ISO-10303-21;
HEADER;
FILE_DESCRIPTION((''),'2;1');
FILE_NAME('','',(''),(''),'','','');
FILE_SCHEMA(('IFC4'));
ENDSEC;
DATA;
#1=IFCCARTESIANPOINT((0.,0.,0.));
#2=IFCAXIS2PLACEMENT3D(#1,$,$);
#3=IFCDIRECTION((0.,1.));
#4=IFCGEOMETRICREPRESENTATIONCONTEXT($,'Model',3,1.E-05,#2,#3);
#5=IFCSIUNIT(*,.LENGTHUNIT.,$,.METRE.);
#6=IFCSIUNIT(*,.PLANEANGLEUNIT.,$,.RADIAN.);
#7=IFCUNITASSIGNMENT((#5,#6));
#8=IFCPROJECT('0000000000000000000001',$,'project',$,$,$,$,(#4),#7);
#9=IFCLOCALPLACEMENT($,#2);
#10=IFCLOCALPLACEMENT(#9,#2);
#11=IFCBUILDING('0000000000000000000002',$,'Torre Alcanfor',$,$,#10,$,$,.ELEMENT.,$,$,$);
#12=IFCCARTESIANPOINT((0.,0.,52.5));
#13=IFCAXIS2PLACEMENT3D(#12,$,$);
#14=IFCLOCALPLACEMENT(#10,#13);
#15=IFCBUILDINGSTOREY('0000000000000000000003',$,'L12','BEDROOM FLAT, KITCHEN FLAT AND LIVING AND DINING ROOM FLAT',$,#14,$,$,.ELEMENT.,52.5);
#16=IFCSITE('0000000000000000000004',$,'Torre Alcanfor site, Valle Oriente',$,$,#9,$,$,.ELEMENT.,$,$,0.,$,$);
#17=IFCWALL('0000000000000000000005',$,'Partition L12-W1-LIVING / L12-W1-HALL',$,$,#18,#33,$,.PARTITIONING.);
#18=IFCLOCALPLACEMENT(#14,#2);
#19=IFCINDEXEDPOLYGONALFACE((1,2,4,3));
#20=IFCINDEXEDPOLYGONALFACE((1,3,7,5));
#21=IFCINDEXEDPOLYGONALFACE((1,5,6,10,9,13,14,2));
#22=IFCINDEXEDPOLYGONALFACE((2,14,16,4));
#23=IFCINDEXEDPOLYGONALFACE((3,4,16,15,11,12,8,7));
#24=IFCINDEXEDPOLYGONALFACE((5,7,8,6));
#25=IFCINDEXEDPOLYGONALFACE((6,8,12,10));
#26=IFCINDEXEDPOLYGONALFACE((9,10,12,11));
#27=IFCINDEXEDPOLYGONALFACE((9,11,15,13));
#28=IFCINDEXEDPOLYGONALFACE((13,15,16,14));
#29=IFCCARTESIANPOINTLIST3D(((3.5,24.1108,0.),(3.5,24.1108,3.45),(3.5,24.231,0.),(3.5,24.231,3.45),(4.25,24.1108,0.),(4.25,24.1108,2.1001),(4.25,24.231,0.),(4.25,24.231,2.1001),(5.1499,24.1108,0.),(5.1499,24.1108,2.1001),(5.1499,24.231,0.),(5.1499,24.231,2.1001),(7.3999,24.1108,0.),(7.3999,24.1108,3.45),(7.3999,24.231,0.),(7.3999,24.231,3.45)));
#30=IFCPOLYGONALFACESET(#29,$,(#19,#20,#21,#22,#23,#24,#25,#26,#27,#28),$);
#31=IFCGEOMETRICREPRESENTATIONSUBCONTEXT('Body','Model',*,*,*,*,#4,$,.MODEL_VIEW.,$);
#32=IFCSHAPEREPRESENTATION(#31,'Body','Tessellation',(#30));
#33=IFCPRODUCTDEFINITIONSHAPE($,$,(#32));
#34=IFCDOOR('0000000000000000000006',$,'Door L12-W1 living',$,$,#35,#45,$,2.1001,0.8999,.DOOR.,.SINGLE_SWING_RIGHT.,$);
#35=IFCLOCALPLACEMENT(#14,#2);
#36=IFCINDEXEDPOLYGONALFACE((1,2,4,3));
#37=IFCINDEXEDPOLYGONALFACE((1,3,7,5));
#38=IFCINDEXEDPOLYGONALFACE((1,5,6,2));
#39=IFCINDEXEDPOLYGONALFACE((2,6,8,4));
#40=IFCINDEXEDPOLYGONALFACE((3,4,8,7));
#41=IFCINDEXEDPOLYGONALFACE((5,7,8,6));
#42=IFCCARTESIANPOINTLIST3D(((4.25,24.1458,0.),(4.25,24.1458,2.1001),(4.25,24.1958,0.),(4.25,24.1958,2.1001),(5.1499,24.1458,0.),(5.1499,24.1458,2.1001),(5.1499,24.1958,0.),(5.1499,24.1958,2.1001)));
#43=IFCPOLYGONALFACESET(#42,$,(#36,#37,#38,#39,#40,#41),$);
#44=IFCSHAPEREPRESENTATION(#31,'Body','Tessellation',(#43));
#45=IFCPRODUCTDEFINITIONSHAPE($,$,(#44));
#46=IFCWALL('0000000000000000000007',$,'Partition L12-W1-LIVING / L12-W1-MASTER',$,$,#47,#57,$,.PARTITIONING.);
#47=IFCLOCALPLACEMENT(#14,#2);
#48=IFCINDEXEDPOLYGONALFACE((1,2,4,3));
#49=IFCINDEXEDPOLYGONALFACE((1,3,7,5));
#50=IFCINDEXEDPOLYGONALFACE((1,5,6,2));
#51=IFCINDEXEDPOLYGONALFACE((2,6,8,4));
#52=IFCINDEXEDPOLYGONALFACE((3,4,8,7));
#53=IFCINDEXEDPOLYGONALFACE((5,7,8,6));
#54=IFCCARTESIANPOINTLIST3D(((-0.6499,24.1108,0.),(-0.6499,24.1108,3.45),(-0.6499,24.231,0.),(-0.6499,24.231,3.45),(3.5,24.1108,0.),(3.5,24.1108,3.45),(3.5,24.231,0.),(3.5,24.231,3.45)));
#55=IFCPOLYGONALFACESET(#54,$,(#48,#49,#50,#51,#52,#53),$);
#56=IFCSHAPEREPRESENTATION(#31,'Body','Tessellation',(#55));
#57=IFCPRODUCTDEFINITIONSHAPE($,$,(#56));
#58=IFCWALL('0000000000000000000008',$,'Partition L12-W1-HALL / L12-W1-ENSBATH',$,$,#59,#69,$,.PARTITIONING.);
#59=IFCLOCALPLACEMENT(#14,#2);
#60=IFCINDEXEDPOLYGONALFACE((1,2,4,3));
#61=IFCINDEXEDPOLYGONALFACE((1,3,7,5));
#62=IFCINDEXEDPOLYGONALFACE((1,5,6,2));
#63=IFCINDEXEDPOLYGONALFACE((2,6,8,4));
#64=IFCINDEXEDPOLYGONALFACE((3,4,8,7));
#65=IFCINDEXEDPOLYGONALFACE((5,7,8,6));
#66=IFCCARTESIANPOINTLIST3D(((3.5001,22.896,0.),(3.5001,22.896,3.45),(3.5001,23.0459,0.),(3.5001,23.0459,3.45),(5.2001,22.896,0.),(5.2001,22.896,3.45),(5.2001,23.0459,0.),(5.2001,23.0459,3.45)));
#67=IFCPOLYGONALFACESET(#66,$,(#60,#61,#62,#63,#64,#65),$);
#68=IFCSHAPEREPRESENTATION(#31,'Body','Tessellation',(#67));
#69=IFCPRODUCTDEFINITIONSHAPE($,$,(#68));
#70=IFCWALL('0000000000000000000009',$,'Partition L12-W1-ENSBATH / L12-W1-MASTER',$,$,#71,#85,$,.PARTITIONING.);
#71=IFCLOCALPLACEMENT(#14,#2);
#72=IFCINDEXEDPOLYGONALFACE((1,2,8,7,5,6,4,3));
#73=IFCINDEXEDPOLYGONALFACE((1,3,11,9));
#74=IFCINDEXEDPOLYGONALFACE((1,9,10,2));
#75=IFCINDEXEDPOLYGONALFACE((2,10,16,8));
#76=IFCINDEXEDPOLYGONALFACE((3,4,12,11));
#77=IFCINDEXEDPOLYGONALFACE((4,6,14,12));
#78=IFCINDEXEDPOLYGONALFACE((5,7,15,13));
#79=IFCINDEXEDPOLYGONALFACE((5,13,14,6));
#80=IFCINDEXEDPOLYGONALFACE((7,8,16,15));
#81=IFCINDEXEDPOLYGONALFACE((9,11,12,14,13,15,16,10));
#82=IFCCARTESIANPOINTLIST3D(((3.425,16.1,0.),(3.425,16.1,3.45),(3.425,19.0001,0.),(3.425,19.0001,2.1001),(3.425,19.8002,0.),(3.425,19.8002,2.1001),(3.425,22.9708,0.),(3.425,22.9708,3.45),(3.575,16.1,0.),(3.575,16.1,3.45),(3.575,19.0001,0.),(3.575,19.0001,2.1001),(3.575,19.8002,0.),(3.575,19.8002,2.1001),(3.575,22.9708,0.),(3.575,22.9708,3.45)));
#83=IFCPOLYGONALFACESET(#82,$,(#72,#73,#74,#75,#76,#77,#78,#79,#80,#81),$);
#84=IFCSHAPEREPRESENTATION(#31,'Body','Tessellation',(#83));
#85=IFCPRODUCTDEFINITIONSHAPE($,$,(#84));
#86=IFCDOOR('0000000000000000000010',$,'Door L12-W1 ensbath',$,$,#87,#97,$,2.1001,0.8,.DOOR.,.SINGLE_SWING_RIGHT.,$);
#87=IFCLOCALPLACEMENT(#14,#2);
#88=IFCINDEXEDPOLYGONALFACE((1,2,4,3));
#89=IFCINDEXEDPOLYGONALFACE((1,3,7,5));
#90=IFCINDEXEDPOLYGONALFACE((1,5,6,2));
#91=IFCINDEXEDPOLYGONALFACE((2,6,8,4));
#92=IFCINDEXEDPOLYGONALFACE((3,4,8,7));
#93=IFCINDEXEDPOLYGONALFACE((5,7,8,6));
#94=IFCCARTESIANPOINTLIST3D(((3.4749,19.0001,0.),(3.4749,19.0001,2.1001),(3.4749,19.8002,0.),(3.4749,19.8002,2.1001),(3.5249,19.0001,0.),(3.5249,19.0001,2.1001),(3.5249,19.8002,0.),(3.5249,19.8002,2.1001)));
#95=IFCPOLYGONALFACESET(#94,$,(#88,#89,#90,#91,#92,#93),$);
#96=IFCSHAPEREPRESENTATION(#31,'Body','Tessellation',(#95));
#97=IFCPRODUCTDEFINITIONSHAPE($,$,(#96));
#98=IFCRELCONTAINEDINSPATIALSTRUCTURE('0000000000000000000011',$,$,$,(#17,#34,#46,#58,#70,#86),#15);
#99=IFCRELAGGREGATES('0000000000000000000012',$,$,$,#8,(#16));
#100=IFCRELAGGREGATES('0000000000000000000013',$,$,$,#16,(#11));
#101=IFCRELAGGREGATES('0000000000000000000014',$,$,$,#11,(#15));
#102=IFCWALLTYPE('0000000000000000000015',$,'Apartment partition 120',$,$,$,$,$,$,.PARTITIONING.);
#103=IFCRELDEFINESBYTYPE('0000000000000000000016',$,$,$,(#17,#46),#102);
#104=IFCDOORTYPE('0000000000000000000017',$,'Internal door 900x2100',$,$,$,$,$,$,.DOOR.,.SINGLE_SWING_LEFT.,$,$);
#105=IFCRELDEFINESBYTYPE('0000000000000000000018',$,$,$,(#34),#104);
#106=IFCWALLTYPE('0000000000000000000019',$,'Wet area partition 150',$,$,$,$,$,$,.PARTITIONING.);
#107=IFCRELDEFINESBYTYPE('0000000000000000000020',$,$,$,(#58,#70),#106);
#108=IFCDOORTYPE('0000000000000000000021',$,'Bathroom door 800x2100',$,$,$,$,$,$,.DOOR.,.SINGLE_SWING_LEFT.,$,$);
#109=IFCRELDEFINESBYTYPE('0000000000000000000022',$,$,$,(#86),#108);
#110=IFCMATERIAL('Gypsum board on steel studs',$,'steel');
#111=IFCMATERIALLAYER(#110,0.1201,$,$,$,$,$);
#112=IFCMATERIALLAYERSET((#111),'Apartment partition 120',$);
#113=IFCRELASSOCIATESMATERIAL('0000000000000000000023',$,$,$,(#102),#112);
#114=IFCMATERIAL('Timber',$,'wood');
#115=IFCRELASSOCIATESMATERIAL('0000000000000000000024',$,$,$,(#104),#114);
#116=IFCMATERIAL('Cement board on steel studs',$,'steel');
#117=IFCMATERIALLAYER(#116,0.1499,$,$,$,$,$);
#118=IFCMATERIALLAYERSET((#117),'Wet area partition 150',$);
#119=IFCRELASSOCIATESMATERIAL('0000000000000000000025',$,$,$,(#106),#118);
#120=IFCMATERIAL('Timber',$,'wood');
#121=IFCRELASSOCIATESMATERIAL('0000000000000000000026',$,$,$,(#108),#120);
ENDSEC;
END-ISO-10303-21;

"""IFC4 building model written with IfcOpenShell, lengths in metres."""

from ifc_helpers import new_model, si_unit, direction, frame, frame_2d, origin, place, context, subcontext, project, spatial, rectangle, extrude, material, layer, layer_set, type_object, element, fill, save


model = new_model("IFC4")

# Units and contexts
model_context = context("Model", 3, precision=1e-05, world=origin(), true_north=direction((0.0, 1.0)))
body_context = subcontext(model_context, "Body", "Model", "MODEL_VIEW")
ifc_project = project(units=[si_unit("LENGTHUNIT", "METRE"), si_unit("PLANEANGLEUNIT", "RADIAN")], contexts=[model_context])

# Site, building, storey
site_placement = place(None, origin())
site = spatial("IfcSite", under=ifc_project, at=site_placement, Name="Torre Alcanfor site, Valle Oriente", CompositionType="ELEMENT", RefElevation=0.0)
building_placement = place(site_placement, origin())
building = spatial("IfcBuilding", under=site, at=building_placement, Name="Torre Alcanfor", CompositionType="ELEMENT")
storey_placement = place(building_placement, frame((0.0, 0.0, 52.5)))
storey = spatial("IfcBuildingStorey", under=building, at=storey_placement, Name="L12", Description="BEDROOM FLAT, KITCHEN FLAT AND LIVING AND DINING ROOM FLAT", CompositionType="ELEMENT", Elevation=52.5)

# Wall, opening, door
ifc_material_1 = material(Name="Gypsum board on steel studs", Category="steel")
ifc_layer_1 = layer(ifc_material_1, 0.1201)
ifc_layer_set_1 = layer_set([ifc_layer_1], Name="Apartment partition 120")
wall_type_1 = type_object("IfcWallType", Name="Apartment partition 120", PredefinedType="PARTITIONING", material=ifc_layer_set_1)
wall_1_placement = place(storey_placement, frame((3.5, 24.1709, 0.0), z_axis=(0.0, 0.0, 1.0), x_axis=(1.0, 0.0, 0.0)))
wall_1 = element("IfcWall", 1, at=wall_1_placement, inside=storey, type_object=wall_type_1, Name="Partition L12-W1-LIVING / L12-W1-HALL", PredefinedType="PARTITIONING", context=body_context, shape_type="SweptSolid", body=[
    extrude(rectangle(XDim=3.8999, YDim=0.1201, at=frame_2d((1.95, 0.0))), origin(), (0.0, 0.0, 1.0), 3.45),
])
opening_1_placement = place(wall_1_placement, frame((0.75, 0.0, 0.0)))
opening_1 = element("IfcOpeningElement", 2, at=opening_1_placement, cuts=wall_1, PredefinedType="OPENING", context=body_context, shape_type="SweptSolid", body=[
    extrude(rectangle(XDim=0.8999, YDim=2.1001, at=frame_2d((0.45, 1.05))), frame((0.0, 0.0701, 0.0), z_axis=(0.0, -1.0, 0.0), x_axis=(1.0, 0.0, 0.0)), (0.0, 0.0, 1.0), 0.1401),
])
ifc_material_2 = material(Name="Timber", Category="wood")
door_type_1 = type_object("IfcDoorType", Name="Internal door 900x2100", OperationType="SINGLE_SWING_LEFT", PredefinedType="DOOR", material=ifc_material_2)
door_1_placement = place(opening_1_placement, origin())
door_1 = element("IfcDoor", 3, at=door_1_placement, inside=storey, type_object=door_type_1, Name="Door L12-W1 living", OperationType="SINGLE_SWING_RIGHT", OverallHeight=2.1001, OverallWidth=0.8999, PredefinedType="DOOR", context=body_context, shape_type="SweptSolid", body=[
    extrude(rectangle(XDim=0.8999, YDim=2.1001, at=frame_2d((0.45, 1.05))), frame((0.0, 0.0249, 0.0), z_axis=(0.0, -1.0, 0.0), x_axis=(1.0, 0.0, 0.0)), (0.0, 0.0, 1.0), 0.05),
])
fill(opening_1, door_1)

# Walls
wall_2_placement = place(storey_placement, frame((-0.6499, 24.1709, 0.0), z_axis=(0.0, 0.0, 1.0), x_axis=(1.0, 0.0, 0.0)))
element("IfcWall", 4, at=wall_2_placement, inside=storey, type_object=wall_type_1, Name="Partition L12-W1-LIVING / L12-W1-MASTER", PredefinedType="PARTITIONING", context=body_context, shape_type="SweptSolid", body=[
    extrude(rectangle(XDim=4.1499, YDim=0.1201, at=frame_2d((2.075, 0.0))), origin(), (0.0, 0.0, 1.0), 3.45),
])
ifc_material_3 = material(Name="Cement board on steel studs", Category="steel")
ifc_layer_2 = layer(ifc_material_3, 0.1499)
ifc_layer_set_2 = layer_set([ifc_layer_2], Name="Wet area partition 150")
wall_type_2 = type_object("IfcWallType", Name="Wet area partition 150", PredefinedType="PARTITIONING", material=ifc_layer_set_2)
wall_3_placement = place(storey_placement, frame((3.5, 22.9709, 0.0), z_axis=(0.0, 0.0, 1.0), x_axis=(1.0, 0.0, 0.0)))
element("IfcWall", 5, at=wall_3_placement, inside=storey, type_object=wall_type_2, Name="Partition L12-W1-HALL / L12-W1-ENSBATH", PredefinedType="PARTITIONING", context=body_context, shape_type="SweptSolid", body=[
    extrude(rectangle(XDim=1.7, YDim=0.1499, at=frame_2d((0.8501, 0.0))), origin(), (0.0, 0.0, 1.0), 3.45),
])

# Wall, opening, door
wall_4_placement = place(storey_placement, frame((3.5, 22.9709, 0.0), z_axis=(0.0, 0.0, 1.0), x_axis=(0.0, -1.0, 0.0)))
wall_4 = element("IfcWall", 6, at=wall_4_placement, inside=storey, type_object=wall_type_2, Name="Partition L12-W1-ENSBATH / L12-W1-MASTER", PredefinedType="PARTITIONING", context=body_context, shape_type="SweptSolid", body=[
    extrude(rectangle(XDim=6.8708, YDim=0.1499, at=frame_2d((3.4355, 0.0))), origin(), (0.0, 0.0, 1.0), 3.45),
])
opening_2_placement = place(wall_4_placement, frame((3.1709, 0.0, 0.0)))
opening_2 = element("IfcOpeningElement", 7, at=opening_2_placement, cuts=wall_4, PredefinedType="OPENING", context=body_context, shape_type="SweptSolid", body=[
    extrude(rectangle(XDim=0.8, YDim=2.1001, at=frame_2d((0.3999, 1.05))), frame((0.0, 0.085, 0.0), z_axis=(0.0, -1.0, 0.0), x_axis=(1.0, 0.0, 0.0)), (0.0, 0.0, 1.0), 0.1699),
])
ifc_material_4 = material(Name="Timber", Category="wood")
door_type_2 = type_object("IfcDoorType", Name="Bathroom door 800x2100", OperationType="SINGLE_SWING_LEFT", PredefinedType="DOOR", material=ifc_material_4)
door_2_placement = place(opening_2_placement, origin())
door_2 = element("IfcDoor", 8, at=door_2_placement, inside=storey, type_object=door_type_2, Name="Door L12-W1 ensbath", OperationType="SINGLE_SWING_RIGHT", OverallHeight=2.1001, OverallWidth=0.8, PredefinedType="DOOR", context=body_context, shape_type="SweptSolid", body=[
    extrude(rectangle(XDim=0.8, YDim=2.1001, at=frame_2d((0.3999, 1.05))), frame((0.0, 0.0249, 0.0), z_axis=(0.0, -1.0, 0.0), x_axis=(1.0, 0.0, 0.0)), (0.0, 0.0, 1.0), 0.05),
])
fill(opening_2, door_2)

save(model, "model.ifc")
